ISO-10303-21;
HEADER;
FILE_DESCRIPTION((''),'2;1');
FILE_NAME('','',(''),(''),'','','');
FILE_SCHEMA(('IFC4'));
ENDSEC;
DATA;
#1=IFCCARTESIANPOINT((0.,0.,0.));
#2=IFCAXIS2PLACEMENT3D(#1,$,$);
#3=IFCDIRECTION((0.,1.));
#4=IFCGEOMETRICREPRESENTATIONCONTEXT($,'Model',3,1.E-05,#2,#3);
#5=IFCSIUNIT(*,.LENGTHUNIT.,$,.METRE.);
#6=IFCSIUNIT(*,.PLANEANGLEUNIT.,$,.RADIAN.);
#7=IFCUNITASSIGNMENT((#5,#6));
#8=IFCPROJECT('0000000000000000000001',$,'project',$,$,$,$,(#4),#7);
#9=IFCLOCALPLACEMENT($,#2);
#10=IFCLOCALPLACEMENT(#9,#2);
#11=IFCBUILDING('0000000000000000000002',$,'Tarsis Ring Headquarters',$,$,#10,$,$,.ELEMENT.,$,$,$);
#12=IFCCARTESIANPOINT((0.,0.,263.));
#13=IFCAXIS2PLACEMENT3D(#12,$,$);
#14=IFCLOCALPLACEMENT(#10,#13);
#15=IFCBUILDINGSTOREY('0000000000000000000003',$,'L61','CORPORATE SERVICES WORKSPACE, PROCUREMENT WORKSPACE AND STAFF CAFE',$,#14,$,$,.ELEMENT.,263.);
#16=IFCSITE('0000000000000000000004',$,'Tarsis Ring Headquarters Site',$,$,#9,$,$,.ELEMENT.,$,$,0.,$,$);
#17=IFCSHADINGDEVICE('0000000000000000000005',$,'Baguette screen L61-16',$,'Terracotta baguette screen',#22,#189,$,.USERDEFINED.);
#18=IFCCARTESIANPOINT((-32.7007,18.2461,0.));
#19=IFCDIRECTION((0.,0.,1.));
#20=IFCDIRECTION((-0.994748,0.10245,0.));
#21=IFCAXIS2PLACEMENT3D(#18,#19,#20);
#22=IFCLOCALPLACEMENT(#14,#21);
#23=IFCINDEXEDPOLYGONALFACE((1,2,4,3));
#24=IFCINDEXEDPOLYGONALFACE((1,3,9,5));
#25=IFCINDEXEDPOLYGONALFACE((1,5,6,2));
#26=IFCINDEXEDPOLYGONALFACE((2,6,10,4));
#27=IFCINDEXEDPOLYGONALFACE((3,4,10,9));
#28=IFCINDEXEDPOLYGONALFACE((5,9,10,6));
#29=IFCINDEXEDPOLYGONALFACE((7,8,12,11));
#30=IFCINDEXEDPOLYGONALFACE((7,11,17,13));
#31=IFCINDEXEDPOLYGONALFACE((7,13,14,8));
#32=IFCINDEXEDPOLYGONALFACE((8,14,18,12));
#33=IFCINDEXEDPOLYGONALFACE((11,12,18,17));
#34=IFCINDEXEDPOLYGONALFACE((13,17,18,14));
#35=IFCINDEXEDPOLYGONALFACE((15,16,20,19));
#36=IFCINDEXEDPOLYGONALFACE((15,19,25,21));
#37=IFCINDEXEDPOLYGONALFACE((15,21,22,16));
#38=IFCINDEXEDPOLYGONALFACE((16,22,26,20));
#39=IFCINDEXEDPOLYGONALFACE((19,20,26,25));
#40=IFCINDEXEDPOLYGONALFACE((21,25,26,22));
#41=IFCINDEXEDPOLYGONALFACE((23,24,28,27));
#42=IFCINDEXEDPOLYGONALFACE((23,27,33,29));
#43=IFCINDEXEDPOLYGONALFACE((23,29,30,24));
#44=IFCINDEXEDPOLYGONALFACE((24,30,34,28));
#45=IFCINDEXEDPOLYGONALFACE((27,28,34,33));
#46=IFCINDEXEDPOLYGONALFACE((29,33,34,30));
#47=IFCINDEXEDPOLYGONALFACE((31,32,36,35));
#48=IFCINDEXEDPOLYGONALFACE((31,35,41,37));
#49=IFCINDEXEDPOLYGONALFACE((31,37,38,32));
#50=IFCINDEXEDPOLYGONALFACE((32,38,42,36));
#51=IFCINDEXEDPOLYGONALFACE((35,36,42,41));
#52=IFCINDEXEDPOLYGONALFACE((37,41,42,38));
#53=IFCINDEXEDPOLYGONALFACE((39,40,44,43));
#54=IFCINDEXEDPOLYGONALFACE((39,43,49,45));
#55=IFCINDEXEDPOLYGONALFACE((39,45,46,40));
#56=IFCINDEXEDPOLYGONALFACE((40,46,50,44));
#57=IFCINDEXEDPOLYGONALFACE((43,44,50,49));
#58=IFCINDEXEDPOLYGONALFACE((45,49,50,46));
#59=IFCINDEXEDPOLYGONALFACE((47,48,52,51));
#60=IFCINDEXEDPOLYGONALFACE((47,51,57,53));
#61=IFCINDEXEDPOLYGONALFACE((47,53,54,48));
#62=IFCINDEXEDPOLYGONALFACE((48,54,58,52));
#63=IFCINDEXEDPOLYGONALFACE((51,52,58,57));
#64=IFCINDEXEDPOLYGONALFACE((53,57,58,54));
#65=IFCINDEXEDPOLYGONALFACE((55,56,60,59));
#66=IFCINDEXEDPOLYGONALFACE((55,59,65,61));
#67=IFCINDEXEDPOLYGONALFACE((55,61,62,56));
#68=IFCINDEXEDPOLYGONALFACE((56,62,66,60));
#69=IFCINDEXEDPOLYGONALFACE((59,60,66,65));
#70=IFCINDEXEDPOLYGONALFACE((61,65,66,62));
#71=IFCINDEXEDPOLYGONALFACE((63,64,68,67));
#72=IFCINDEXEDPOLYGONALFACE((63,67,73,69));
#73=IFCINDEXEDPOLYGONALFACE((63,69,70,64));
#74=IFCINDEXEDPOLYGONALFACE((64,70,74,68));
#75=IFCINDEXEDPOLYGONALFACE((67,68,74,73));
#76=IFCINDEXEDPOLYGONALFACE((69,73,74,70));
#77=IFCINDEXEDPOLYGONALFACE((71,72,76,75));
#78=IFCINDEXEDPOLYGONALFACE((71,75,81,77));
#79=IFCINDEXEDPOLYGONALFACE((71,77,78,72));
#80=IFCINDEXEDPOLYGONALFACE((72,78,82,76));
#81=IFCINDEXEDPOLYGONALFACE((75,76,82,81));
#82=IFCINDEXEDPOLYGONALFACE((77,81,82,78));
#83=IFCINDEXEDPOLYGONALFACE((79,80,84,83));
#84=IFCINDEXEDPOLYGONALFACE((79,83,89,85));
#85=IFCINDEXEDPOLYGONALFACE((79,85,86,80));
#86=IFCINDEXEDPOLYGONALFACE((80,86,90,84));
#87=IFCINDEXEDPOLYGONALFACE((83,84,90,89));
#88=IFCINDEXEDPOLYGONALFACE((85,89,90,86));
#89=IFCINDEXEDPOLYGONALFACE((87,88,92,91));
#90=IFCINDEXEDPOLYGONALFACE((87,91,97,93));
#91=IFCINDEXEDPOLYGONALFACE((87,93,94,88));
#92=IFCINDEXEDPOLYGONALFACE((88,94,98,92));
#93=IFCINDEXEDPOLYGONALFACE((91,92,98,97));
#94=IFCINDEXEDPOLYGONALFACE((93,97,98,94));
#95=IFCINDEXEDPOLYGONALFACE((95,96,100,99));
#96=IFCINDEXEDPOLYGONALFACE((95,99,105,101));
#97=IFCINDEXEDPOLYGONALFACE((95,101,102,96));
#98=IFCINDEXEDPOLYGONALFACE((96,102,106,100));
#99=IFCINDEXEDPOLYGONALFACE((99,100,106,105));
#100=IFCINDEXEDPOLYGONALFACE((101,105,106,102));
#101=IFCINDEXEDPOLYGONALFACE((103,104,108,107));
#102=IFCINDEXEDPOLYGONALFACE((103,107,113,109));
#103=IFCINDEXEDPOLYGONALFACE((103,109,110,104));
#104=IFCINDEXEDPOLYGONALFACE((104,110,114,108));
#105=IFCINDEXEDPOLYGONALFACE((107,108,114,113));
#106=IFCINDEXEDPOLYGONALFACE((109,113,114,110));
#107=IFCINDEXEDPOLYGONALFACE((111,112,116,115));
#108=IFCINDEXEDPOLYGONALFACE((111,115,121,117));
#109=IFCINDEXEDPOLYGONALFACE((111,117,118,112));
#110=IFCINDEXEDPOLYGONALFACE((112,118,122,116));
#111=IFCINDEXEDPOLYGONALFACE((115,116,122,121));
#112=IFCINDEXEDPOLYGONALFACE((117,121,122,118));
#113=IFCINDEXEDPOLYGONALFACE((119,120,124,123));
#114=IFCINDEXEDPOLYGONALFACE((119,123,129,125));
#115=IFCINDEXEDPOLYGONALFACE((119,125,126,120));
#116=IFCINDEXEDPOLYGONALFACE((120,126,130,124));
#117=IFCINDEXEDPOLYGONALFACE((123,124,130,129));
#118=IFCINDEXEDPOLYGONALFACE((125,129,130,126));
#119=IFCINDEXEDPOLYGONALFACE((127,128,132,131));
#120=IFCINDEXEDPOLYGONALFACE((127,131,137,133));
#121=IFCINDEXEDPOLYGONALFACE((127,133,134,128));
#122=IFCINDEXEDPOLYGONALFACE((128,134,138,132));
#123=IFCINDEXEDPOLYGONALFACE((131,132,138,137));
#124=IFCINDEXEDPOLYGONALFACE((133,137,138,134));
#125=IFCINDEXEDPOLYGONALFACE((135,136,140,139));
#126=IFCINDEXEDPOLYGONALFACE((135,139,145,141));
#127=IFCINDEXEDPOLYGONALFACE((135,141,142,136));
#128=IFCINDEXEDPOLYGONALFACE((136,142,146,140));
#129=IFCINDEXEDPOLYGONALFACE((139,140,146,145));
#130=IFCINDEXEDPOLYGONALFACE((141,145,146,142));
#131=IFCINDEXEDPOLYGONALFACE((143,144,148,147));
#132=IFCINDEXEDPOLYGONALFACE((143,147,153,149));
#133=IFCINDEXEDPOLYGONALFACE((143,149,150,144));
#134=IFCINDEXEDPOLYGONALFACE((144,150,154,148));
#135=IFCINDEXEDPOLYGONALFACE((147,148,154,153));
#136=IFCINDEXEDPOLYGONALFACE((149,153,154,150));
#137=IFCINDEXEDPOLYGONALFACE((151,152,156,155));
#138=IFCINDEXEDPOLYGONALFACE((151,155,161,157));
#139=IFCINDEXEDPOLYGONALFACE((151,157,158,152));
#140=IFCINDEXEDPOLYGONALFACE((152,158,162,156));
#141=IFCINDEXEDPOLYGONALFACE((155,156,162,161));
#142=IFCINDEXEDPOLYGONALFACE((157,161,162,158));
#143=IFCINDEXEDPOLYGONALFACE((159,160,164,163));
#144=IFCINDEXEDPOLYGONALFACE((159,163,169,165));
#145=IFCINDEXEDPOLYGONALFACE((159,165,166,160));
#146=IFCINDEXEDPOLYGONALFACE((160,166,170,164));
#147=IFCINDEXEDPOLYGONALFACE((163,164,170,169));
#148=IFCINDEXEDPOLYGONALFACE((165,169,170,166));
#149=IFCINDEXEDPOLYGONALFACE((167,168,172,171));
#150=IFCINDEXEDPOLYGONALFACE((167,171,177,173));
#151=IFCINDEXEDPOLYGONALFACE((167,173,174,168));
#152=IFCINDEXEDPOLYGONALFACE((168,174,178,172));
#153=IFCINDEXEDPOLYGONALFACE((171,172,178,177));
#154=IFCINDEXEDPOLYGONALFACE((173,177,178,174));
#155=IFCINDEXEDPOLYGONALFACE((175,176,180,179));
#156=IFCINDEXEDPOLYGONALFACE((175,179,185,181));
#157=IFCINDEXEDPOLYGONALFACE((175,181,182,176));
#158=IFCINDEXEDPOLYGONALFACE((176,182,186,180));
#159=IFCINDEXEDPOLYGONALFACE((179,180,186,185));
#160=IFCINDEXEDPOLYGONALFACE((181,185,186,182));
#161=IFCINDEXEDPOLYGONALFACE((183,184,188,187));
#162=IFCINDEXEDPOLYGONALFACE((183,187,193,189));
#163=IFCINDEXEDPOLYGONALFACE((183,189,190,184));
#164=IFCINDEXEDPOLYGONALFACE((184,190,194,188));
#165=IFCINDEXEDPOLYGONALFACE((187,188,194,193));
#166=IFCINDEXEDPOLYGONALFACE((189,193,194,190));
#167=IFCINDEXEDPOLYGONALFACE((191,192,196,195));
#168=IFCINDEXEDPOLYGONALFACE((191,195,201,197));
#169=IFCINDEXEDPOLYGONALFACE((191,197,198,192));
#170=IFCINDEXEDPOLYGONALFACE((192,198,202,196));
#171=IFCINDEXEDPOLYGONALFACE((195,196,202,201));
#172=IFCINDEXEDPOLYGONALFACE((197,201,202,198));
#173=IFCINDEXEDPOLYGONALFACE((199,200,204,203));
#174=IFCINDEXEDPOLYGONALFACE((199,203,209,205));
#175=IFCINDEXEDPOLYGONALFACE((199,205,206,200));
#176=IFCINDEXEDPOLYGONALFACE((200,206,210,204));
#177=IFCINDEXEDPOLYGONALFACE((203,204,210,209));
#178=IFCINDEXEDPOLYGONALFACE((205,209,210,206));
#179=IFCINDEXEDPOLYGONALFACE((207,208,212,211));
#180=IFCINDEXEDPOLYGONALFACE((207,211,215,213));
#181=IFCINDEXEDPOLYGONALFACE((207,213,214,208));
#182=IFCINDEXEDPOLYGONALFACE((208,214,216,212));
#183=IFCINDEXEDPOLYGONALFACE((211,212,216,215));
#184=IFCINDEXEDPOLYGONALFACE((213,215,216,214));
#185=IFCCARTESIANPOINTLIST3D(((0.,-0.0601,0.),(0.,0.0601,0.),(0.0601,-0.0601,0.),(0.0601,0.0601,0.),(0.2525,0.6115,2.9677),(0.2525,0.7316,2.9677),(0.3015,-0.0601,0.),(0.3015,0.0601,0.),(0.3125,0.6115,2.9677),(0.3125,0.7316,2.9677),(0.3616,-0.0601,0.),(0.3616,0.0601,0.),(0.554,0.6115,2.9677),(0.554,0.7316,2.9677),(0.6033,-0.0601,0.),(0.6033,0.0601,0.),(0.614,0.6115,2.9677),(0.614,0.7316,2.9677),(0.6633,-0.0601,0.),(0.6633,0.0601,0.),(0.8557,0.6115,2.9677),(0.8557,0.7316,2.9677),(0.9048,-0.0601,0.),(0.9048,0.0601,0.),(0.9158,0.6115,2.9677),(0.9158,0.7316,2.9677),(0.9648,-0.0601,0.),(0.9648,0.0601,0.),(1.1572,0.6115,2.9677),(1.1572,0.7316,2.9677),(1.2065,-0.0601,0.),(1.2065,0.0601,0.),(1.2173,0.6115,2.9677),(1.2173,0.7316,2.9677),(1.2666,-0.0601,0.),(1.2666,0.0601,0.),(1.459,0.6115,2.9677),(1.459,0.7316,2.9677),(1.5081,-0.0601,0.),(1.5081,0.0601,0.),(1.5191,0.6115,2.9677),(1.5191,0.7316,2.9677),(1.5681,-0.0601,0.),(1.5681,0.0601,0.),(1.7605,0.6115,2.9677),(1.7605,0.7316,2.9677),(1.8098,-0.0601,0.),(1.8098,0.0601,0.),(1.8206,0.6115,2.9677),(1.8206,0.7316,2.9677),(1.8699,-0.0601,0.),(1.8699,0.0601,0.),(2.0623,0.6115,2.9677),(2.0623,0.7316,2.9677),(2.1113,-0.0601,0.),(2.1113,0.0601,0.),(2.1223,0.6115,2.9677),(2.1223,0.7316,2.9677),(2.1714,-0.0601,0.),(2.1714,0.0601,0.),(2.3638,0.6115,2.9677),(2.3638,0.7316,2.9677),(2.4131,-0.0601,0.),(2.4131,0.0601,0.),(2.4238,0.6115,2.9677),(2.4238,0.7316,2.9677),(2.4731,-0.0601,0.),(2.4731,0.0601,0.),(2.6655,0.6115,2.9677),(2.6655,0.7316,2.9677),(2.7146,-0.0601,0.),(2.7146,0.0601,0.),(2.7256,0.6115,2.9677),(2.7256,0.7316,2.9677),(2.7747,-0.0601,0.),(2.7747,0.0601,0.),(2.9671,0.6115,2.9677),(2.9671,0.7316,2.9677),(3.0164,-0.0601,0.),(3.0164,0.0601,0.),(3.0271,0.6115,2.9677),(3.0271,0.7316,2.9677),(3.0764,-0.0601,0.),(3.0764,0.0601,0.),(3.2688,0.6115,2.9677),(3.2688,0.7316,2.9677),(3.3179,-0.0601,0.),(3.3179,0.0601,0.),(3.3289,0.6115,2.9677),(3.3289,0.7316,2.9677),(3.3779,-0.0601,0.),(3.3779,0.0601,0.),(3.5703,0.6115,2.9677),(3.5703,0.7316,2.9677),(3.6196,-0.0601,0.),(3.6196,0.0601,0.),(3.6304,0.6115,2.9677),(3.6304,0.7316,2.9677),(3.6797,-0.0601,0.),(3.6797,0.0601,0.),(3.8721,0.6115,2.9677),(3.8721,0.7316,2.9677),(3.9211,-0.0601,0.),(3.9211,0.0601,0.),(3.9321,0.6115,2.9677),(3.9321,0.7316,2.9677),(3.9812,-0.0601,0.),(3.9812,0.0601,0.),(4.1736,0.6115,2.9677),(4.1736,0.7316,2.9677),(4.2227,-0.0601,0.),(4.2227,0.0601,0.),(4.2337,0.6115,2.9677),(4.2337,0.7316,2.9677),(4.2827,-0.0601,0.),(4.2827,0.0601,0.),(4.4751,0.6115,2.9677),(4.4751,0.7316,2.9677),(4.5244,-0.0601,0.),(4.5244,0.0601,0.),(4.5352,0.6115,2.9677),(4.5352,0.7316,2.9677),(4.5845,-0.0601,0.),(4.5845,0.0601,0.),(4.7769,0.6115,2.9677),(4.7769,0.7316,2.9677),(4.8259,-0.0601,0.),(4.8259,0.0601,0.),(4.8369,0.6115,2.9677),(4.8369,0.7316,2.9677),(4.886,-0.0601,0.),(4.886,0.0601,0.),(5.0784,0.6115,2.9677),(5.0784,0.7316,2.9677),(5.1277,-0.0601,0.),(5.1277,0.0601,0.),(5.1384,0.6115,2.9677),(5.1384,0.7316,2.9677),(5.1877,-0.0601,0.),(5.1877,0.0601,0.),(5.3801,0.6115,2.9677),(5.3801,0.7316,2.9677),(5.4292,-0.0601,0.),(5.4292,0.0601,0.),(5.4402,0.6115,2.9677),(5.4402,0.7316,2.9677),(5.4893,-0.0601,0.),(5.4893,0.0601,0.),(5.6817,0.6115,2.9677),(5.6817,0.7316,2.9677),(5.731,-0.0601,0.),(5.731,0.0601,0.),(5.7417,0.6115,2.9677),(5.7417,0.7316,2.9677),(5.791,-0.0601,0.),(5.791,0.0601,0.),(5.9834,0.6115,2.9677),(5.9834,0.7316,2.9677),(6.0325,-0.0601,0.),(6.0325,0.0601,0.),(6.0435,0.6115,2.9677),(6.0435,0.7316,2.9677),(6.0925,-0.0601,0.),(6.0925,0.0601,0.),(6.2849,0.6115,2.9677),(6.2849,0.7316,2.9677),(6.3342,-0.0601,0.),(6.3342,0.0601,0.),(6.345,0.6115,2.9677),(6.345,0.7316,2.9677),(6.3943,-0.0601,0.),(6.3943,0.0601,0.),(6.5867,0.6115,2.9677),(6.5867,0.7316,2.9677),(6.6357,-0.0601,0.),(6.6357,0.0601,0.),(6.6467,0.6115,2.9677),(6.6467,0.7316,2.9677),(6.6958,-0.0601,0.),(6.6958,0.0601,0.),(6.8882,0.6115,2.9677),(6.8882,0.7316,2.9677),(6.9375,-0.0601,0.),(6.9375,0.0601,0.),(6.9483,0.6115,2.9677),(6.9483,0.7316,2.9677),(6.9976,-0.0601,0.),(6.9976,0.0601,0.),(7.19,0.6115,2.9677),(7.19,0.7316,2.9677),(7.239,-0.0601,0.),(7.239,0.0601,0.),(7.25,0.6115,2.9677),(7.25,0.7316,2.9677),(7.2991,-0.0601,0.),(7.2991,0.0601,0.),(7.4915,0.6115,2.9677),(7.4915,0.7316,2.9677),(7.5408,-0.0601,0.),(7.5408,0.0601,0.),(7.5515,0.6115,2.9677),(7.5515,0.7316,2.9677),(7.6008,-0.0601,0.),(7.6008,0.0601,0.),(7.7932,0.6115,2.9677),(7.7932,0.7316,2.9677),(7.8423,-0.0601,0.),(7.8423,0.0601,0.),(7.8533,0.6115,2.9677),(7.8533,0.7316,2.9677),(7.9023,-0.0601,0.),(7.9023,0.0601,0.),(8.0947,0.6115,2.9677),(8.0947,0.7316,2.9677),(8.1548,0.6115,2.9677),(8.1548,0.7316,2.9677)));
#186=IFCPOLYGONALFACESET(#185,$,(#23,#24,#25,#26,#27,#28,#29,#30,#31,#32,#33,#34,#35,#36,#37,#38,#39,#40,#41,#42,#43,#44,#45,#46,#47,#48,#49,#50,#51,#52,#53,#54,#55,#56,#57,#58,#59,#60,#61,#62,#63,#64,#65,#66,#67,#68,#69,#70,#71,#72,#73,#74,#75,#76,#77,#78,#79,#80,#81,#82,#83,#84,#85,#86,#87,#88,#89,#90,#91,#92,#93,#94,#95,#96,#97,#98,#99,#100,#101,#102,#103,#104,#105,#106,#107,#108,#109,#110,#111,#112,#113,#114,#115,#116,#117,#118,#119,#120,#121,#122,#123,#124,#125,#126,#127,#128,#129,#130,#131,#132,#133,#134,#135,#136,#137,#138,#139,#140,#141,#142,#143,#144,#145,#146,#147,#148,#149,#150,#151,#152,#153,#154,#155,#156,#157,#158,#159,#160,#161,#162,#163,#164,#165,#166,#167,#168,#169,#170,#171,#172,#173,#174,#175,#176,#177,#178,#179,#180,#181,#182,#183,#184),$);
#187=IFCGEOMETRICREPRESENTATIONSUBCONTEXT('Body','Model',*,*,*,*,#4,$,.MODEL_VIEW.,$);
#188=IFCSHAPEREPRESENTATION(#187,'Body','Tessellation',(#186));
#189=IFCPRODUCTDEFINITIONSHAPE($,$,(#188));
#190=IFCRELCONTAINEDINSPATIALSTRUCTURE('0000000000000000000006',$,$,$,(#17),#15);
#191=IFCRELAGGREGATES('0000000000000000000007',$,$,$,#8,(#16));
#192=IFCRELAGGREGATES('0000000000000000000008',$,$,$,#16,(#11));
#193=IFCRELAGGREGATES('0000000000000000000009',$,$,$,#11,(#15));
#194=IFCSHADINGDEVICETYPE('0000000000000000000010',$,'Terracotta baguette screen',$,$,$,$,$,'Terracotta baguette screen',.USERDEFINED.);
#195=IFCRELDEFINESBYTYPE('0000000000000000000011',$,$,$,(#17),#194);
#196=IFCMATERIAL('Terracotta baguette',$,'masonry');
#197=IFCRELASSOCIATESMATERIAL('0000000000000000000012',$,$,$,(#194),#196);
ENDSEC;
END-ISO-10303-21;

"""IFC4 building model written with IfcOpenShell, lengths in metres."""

from ifc_helpers import new_model, si_unit, direction, frame, frame_2d, origin, place, context, subcontext, project, spatial, rectangle, composite_profile, extrude, material, type_object, element, save


model = new_model("IFC4")

# Units and contexts
model_context = context("Model", 3, precision=1e-05, world=origin(), true_north=direction((0.0, 1.0)))
body_context = subcontext(model_context, "Body", "Model", "MODEL_VIEW")
ifc_project = project(units=[si_unit("LENGTHUNIT", "METRE"), si_unit("PLANEANGLEUNIT", "RADIAN")], contexts=[model_context])

# Site, building, storey
site_placement = place(None, origin())
site = spatial("IfcSite", under=ifc_project, at=site_placement, Name="Tarsis Ring Headquarters Site", CompositionType="ELEMENT", RefElevation=0.0)
building_placement = place(site_placement, origin())
building = spatial("IfcBuilding", under=site, at=building_placement, Name="Tarsis Ring Headquarters", CompositionType="ELEMENT")
storey_placement = place(building_placement, frame((0.0, 0.0, 263.0)))
storey = spatial("IfcBuildingStorey", under=building, at=storey_placement, Name="L61", Description="CORPORATE SERVICES WORKSPACE, PROCUREMENT WORKSPACE AND STAFF CAFE", CompositionType="ELEMENT", Elevation=263.0)

# Shading device
ifc_material_1 = material(Name="Terracotta baguette", Category="masonry")
shading_device_type_1 = type_object("IfcShadingDeviceType", Name="Terracotta baguette screen", ElementType="Terracotta baguette screen", PredefinedType="USERDEFINED", material=ifc_material_1)
shading_device_1_placement = place(storey_placement, frame((-32.7007, 18.2461, 0.0), z_axis=(0.0, 0.0, 1.0), x_axis=(-0.994748, 0.10245, 0.0)))
element("IfcShadingDevice", 1, at=shading_device_1_placement, inside=storey, type_object=shading_device_type_1, Name="Baguette screen L61-16", ObjectType="Terracotta baguette screen", PredefinedType="USERDEFINED", context=body_context, shape_type="SweptSolid", body=[
    extrude(composite_profile([rectangle(XDim=0.0601, YDim=0.1201, at=frame_2d((0.03, 0.0))), rectangle(XDim=0.0601, YDim=0.1201, at=frame_2d((0.3315, 0.0))), rectangle(XDim=0.0601, YDim=0.1201, at=frame_2d((0.6333, 0.0))), rectangle(XDim=0.0601, YDim=0.1201, at=frame_2d((0.9348, 0.0))), rectangle(XDim=0.0601, YDim=0.1201, at=frame_2d((1.2366, 0.0))), rectangle(XDim=0.0601, YDim=0.1201, at=frame_2d((1.5381, 0.0))), rectangle(XDim=0.0601, YDim=0.1201, at=frame_2d((1.8398, 0.0))), rectangle(XDim=0.0601, YDim=0.1201, at=frame_2d((2.1414, 0.0))), rectangle(XDim=0.0601, YDim=0.1201, at=frame_2d((2.4431, 0.0))), rectangle(XDim=0.0601, YDim=0.1201, at=frame_2d((2.7446, 0.0))), rectangle(XDim=0.0601, YDim=0.1201, at=frame_2d((3.0464, 0.0))), rectangle(XDim=0.0601, YDim=0.1201, at=frame_2d((3.3479, 0.0))), rectangle(XDim=0.0601, YDim=0.1201, at=frame_2d((3.6497, 0.0))), rectangle(XDim=0.0601, YDim=0.1201, at=frame_2d((3.9512, 0.0))), rectangle(XDim=0.0601, YDim=0.1201, at=frame_2d((4.2527, 0.0))), rectangle(XDim=0.0601, YDim=0.1201, at=frame_2d((4.5544, 0.0))), rectangle(XDim=0.0601, YDim=0.1201, at=frame_2d((4.856, 0.0))), rectangle(XDim=0.0601, YDim=0.1201, at=frame_2d((5.1577, 0.0))), rectangle(XDim=0.0601, YDim=0.1201, at=frame_2d((5.4592, 0.0))), rectangle(XDim=0.0601, YDim=0.1201, at=frame_2d((5.761, 0.0))), rectangle(XDim=0.0601, YDim=0.1201, at=frame_2d((6.0625, 0.0))), rectangle(XDim=0.0601, YDim=0.1201, at=frame_2d((6.3643, 0.0))), rectangle(XDim=0.0601, YDim=0.1201, at=frame_2d((6.6658, 0.0))), rectangle(XDim=0.0601, YDim=0.1201, at=frame_2d((6.9675, 0.0))), rectangle(XDim=0.0601, YDim=0.1201, at=frame_2d((7.269, 0.0))), rectangle(XDim=0.0601, YDim=0.1201, at=frame_2d((7.5708, 0.0))), rectangle(XDim=0.0601, YDim=0.1201, at=frame_2d((7.8723, 0.0)))]), origin(), (0.082684, 0.219943, 0.972002), 3.0532),
])

save(model, "model.ifc")
